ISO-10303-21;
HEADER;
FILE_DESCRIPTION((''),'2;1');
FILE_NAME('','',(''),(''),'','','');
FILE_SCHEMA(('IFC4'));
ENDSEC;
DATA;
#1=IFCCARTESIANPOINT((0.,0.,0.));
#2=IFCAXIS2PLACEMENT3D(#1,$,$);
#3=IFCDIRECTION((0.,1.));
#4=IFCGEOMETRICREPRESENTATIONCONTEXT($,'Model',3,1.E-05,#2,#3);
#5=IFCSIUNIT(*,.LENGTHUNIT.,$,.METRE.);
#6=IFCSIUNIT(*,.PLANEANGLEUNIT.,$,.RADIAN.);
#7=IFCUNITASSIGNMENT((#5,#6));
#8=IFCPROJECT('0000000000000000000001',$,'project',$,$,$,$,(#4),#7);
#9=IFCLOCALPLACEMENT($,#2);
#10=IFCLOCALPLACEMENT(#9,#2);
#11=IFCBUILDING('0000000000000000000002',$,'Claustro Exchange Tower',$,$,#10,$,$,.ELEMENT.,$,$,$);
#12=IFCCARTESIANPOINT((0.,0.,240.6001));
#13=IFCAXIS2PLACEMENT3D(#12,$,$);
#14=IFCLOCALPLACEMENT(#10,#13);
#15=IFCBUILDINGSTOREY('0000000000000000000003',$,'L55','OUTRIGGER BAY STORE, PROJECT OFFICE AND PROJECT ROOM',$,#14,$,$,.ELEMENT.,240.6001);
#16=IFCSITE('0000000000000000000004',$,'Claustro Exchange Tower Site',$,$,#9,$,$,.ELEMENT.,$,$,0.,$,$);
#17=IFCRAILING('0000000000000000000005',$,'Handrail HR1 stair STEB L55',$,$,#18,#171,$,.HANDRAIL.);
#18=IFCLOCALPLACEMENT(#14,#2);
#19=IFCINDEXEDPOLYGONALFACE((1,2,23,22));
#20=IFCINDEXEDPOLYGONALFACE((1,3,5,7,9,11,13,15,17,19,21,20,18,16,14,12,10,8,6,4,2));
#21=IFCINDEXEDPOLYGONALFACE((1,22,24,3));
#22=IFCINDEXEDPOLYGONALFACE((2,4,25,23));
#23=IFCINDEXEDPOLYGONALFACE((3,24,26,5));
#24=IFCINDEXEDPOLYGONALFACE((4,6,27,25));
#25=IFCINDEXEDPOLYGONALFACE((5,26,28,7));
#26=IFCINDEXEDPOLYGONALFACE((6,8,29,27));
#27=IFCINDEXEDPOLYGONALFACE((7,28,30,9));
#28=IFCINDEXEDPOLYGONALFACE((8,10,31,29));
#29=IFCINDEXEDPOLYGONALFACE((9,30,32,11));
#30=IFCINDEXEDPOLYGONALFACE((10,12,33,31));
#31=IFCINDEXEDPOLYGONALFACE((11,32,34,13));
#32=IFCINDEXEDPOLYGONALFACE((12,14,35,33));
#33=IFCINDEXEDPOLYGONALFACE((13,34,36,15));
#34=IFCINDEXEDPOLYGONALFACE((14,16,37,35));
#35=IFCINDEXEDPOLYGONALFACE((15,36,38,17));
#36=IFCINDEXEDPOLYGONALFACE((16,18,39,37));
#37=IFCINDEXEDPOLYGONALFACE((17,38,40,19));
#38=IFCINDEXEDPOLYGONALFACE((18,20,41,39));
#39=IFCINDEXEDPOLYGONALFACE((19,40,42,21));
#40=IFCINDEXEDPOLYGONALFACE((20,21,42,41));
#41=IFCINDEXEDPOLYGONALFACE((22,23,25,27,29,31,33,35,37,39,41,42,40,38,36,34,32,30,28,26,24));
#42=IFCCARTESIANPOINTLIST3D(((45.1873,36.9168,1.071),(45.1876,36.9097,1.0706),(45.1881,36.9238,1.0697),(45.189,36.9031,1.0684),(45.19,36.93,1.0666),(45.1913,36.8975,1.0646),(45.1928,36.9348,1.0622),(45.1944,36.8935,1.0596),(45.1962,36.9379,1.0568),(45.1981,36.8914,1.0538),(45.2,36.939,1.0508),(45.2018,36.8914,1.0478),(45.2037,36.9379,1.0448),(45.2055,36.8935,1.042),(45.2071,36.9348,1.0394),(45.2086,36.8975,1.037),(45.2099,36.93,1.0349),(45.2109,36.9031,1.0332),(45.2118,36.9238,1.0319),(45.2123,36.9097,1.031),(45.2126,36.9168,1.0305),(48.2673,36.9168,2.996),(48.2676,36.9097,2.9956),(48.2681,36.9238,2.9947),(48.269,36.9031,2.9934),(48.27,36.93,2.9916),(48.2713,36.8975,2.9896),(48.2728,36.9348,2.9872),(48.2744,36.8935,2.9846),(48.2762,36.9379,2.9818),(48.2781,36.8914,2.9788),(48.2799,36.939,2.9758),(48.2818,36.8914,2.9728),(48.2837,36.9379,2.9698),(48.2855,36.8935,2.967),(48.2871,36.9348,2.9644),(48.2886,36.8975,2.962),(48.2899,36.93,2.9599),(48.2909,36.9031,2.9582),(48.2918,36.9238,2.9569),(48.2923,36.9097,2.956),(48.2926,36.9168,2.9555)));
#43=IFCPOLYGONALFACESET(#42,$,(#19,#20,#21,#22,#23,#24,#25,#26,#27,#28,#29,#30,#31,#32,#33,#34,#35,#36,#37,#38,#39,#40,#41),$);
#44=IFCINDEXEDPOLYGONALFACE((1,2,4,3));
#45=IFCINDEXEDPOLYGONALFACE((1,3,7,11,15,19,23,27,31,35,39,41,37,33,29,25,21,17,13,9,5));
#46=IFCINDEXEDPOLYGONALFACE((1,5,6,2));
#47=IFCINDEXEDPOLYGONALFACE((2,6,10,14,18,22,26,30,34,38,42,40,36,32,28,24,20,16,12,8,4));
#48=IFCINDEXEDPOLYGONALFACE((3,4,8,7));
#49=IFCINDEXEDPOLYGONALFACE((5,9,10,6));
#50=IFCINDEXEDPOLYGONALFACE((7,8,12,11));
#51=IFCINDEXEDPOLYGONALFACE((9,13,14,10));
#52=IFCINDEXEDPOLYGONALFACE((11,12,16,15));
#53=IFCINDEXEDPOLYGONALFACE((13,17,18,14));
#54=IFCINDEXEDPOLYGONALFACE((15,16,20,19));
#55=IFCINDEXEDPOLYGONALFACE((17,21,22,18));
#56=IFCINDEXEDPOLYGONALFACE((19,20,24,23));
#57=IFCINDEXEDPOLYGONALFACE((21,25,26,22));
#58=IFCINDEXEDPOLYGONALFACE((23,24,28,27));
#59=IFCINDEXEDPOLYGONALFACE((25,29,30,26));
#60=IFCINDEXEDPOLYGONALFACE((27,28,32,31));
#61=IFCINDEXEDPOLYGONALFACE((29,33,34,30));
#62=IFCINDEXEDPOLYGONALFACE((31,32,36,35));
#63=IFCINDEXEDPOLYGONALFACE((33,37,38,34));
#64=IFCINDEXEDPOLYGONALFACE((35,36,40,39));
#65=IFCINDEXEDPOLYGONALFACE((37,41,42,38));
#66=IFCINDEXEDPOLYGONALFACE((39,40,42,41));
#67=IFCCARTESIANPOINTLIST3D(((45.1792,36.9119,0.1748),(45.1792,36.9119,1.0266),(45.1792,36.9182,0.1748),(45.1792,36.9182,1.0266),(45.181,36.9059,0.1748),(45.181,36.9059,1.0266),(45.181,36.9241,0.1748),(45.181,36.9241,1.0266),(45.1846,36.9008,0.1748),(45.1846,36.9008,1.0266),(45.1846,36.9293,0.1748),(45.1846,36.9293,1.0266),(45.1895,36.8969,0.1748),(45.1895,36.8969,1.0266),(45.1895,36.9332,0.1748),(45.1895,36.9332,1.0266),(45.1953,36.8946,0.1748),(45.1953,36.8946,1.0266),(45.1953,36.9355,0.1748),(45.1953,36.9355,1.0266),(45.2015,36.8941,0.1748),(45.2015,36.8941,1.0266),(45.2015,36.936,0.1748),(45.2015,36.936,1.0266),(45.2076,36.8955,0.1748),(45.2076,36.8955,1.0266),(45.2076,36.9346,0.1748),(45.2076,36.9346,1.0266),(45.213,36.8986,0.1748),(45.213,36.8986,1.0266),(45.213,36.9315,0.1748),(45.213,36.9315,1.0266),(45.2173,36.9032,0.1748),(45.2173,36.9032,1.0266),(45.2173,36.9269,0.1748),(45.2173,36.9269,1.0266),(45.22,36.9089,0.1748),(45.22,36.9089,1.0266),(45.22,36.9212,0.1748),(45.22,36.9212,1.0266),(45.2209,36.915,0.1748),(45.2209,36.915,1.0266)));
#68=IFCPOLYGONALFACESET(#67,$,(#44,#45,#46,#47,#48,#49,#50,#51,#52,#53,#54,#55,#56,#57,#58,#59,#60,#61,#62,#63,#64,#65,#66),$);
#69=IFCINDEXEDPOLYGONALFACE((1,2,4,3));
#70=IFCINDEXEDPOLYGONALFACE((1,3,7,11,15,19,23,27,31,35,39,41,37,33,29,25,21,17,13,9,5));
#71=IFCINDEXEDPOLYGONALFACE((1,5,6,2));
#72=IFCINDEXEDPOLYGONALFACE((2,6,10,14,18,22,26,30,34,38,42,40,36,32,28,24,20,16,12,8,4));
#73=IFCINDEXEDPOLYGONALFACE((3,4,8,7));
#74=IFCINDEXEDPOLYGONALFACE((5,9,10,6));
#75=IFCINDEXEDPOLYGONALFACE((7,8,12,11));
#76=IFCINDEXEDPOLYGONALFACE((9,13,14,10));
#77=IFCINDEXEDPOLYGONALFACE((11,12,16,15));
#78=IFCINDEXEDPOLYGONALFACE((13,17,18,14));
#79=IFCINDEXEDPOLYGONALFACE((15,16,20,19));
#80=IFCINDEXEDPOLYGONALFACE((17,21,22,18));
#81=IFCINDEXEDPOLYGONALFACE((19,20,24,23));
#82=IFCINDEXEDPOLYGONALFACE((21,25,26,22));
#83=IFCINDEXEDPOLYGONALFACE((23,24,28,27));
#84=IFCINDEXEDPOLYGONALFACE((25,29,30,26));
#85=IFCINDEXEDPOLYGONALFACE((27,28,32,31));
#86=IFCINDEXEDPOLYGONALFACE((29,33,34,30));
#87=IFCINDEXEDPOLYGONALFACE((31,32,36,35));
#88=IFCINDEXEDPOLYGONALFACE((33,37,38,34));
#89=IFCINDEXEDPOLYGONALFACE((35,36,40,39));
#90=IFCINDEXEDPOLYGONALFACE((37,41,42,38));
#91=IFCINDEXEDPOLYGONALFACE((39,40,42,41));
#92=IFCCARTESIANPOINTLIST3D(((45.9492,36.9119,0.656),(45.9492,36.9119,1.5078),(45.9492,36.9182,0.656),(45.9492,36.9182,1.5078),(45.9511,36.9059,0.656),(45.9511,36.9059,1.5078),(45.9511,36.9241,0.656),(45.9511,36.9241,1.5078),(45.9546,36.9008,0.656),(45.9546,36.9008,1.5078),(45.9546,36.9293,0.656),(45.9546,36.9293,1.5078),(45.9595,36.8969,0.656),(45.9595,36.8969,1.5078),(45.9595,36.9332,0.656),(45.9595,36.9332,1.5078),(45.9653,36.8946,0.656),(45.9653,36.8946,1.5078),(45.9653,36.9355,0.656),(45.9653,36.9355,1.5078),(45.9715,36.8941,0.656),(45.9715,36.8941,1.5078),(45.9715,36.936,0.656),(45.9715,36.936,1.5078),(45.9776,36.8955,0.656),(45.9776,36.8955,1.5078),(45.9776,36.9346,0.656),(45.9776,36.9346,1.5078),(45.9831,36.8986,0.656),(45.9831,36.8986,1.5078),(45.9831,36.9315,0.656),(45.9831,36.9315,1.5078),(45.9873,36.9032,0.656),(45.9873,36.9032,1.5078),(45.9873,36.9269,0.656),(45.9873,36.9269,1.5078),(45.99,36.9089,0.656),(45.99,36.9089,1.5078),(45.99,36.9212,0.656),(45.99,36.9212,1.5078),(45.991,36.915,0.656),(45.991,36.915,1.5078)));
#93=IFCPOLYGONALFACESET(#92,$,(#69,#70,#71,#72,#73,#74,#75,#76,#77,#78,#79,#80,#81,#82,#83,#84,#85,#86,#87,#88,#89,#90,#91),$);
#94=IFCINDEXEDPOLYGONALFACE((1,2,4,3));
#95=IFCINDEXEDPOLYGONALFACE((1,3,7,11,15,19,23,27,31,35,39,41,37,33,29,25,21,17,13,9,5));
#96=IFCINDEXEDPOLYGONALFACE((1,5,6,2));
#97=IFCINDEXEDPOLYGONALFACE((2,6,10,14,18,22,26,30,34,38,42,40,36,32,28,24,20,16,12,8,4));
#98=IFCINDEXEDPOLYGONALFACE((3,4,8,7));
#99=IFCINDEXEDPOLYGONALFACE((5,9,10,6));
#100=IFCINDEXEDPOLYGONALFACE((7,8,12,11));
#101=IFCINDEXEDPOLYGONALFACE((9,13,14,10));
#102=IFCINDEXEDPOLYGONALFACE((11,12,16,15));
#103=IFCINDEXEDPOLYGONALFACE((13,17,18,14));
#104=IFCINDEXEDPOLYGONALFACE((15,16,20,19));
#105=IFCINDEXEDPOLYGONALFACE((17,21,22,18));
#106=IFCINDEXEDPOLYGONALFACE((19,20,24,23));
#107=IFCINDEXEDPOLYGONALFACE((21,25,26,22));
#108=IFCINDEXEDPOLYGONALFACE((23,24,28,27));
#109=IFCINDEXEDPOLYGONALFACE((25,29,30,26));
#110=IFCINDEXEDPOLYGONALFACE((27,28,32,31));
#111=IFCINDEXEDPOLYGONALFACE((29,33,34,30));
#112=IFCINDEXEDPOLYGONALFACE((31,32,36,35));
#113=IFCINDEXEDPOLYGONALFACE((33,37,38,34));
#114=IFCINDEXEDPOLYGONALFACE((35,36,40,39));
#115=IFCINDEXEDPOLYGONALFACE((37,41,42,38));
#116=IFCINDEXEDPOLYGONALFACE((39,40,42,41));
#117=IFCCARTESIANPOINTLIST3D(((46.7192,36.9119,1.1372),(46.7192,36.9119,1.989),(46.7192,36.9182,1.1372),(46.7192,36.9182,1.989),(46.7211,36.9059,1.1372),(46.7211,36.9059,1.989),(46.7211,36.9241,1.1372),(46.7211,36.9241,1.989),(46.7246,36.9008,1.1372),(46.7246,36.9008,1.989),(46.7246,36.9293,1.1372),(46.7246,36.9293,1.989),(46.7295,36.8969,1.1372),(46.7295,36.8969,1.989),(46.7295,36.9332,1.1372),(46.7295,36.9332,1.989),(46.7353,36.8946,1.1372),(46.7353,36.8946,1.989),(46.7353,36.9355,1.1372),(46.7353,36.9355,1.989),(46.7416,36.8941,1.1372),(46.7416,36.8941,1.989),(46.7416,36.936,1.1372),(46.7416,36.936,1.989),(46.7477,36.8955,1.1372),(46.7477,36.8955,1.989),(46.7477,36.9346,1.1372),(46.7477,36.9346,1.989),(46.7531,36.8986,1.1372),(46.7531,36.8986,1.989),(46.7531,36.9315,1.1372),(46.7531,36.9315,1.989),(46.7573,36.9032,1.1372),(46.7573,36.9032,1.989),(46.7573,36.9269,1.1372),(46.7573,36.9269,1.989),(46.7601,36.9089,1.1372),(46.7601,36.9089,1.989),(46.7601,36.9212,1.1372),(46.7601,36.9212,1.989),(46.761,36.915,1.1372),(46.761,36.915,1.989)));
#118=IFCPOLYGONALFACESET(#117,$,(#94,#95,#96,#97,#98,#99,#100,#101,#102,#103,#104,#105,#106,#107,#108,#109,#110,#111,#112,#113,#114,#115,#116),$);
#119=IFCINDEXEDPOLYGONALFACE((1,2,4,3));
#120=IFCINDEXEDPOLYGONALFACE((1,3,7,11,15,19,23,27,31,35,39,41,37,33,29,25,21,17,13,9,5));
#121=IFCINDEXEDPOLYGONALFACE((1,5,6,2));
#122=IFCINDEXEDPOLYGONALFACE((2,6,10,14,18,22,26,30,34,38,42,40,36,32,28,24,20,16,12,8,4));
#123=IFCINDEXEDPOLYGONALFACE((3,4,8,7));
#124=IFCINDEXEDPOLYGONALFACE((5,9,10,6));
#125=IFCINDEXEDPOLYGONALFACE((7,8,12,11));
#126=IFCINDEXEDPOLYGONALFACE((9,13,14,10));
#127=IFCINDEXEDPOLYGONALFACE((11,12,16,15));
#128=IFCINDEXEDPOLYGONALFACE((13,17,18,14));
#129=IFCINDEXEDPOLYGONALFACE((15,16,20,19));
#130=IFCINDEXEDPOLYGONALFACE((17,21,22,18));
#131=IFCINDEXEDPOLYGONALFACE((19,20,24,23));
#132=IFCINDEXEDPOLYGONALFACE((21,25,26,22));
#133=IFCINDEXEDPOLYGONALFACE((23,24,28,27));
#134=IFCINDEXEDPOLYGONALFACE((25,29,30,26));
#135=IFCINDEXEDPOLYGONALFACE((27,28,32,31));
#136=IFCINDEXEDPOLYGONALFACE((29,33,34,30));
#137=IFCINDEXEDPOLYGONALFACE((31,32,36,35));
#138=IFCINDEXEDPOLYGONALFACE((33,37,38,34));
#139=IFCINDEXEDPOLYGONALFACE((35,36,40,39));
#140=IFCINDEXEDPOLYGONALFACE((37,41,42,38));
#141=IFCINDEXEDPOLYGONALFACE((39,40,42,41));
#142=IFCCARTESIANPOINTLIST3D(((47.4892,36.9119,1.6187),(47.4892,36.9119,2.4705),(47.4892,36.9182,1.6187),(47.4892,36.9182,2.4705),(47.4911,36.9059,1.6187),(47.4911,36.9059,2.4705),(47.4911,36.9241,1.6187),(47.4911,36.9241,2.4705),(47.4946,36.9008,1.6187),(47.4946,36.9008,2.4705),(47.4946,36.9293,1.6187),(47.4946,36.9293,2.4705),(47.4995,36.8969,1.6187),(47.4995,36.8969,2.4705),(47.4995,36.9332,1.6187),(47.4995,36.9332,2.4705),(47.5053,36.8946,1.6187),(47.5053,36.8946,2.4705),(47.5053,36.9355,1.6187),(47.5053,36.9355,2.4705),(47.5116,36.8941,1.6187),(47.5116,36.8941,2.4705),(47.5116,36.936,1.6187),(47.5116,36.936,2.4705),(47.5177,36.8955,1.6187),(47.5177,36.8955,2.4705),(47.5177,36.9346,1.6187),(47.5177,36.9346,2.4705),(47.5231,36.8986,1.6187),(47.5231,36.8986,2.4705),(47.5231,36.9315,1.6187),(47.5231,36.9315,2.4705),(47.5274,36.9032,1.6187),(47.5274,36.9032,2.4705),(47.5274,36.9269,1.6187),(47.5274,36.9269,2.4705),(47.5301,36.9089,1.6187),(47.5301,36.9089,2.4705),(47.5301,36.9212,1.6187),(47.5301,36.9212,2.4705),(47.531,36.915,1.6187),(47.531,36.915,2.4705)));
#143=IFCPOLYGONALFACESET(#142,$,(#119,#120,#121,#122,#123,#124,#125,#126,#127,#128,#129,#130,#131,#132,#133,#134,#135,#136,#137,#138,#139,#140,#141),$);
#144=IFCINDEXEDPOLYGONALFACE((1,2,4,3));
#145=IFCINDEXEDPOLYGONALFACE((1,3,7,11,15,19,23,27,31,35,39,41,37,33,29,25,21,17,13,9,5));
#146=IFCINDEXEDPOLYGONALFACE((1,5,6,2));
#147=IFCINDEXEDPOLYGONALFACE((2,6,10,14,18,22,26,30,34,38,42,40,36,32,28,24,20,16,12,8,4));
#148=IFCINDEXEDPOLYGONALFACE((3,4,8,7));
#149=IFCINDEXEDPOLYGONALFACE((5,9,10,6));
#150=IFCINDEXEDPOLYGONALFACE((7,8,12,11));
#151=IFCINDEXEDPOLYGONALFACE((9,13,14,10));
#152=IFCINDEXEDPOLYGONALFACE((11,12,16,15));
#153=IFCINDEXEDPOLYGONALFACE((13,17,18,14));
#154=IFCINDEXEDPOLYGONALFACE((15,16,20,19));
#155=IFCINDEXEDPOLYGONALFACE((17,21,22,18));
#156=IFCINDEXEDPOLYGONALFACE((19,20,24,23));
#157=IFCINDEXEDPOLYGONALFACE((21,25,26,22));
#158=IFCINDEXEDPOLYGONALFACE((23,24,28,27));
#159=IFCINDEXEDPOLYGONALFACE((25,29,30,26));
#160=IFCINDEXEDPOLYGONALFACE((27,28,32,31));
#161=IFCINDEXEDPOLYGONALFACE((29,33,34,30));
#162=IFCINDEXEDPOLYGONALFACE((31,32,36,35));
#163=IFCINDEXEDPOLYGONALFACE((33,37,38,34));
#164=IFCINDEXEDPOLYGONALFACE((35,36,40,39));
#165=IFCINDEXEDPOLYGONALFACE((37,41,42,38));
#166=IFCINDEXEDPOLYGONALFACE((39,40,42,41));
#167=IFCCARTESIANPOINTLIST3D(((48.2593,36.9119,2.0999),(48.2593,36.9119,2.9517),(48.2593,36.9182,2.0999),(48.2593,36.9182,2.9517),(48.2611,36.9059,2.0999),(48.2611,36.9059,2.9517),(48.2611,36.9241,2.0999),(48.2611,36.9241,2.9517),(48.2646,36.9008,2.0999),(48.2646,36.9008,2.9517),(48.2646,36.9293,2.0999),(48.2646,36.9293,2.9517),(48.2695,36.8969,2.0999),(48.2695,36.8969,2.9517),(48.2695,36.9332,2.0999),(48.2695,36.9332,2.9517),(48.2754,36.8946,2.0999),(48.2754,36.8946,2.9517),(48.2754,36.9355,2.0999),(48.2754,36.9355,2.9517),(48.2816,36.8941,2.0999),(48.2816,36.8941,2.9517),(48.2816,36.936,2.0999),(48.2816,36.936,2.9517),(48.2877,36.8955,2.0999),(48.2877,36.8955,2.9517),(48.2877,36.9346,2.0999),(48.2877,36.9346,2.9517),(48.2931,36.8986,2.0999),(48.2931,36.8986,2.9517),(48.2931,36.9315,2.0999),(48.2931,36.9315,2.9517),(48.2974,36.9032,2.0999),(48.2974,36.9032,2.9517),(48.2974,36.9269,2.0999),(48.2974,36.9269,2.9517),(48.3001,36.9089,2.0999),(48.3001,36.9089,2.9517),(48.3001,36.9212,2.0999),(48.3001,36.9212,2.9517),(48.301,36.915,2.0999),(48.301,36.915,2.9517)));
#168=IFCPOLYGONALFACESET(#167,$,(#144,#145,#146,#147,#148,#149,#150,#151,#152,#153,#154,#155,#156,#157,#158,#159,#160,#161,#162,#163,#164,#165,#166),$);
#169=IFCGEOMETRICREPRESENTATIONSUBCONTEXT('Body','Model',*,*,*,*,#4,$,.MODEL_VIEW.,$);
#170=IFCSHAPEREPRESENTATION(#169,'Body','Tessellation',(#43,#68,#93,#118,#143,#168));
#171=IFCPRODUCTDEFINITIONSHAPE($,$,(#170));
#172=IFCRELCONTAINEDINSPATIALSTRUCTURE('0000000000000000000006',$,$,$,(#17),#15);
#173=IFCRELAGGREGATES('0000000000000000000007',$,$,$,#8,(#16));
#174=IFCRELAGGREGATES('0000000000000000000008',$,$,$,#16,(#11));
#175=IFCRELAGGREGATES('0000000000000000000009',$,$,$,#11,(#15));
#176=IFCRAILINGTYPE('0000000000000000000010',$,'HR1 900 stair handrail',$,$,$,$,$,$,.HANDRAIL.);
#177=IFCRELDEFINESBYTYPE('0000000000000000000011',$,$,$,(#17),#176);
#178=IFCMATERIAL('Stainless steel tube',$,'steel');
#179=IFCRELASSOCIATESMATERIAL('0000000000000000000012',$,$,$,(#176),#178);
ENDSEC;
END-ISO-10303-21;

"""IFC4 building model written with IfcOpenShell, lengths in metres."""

from ifc_helpers import new_model, si_unit, direction, frame, origin, origin_2d, place, context, subcontext, project, spatial, circle, extrude, material, type_object, element, save


model = new_model("IFC4")

# Units and contexts
model_context = context("Model", 3, precision=1e-05, world=origin(), true_north=direction((0.0, 1.0)))
body_context = subcontext(model_context, "Body", "Model", "MODEL_VIEW")
ifc_project = project(units=[si_unit("LENGTHUNIT", "METRE"), si_unit("PLANEANGLEUNIT", "RADIAN")], contexts=[model_context])

# Site, building, storey
site_placement = place(None, origin())
site = spatial("IfcSite", under=ifc_project, at=site_placement, Name="Claustro Exchange Tower Site", CompositionType="ELEMENT", RefElevation=0.0)
building_placement = place(site_placement, origin())
building = spatial("IfcBuilding", under=site, at=building_placement, Name="Claustro Exchange Tower", CompositionType="ELEMENT")
storey_placement = place(building_placement, frame((0.0, 0.0, 240.6001)))
storey = spatial("IfcBuildingStorey", under=building, at=storey_placement, Name="L55", Description="OUTRIGGER BAY STORE, PROJECT OFFICE AND PROJECT ROOM", CompositionType="ELEMENT", Elevation=240.6001)

# Railing
ifc_material_1 = material(Name="Stainless steel tube", Category="steel")
railing_type_1 = type_object("IfcRailingType", Name="HR1 900 stair handrail", PredefinedType="HANDRAIL", material=ifc_material_1)
railing_1_placement = place(storey_placement, frame((45.2, 36.915, 0.1748)))
element("IfcRailing", 1, at=railing_1_placement, inside=storey, type_object=railing_type_1, Name="Handrail HR1 stair STEB L55", PredefinedType="HANDRAIL", context=body_context, shape_type="SweptSolid", body=[
    extrude(circle(Radius=0.0239, at=origin_2d()), frame((0.0, 0.0, 0.876), z_axis=(0.847998, 0.0, 0.529999), x_axis=(0.0, 1.0, 0.0)), (0.0, 0.0, 1.0), 3.6321),
    extrude(circle(Radius=0.021, at=origin_2d()), origin(), (0.0, 0.0, 1.0), 0.8518),
    extrude(circle(Radius=0.021, at=origin_2d()), frame((0.77, 0.0, 0.4812)), (0.0, 0.0, 1.0), 0.8518),
    extrude(circle(Radius=0.021, at=origin_2d()), frame((1.54, 0.0, 0.9624)), (0.0, 0.0, 1.0), 0.8518),
    extrude(circle(Radius=0.021, at=origin_2d()), frame((2.3101, 0.0, 1.4438)), (0.0, 0.0, 1.0), 0.8518),
    extrude(circle(Radius=0.021, at=origin_2d()), frame((3.0801, 0.0, 1.925)), (0.0, 0.0, 1.0), 0.8518),
])

save(model, "model.ifc")
